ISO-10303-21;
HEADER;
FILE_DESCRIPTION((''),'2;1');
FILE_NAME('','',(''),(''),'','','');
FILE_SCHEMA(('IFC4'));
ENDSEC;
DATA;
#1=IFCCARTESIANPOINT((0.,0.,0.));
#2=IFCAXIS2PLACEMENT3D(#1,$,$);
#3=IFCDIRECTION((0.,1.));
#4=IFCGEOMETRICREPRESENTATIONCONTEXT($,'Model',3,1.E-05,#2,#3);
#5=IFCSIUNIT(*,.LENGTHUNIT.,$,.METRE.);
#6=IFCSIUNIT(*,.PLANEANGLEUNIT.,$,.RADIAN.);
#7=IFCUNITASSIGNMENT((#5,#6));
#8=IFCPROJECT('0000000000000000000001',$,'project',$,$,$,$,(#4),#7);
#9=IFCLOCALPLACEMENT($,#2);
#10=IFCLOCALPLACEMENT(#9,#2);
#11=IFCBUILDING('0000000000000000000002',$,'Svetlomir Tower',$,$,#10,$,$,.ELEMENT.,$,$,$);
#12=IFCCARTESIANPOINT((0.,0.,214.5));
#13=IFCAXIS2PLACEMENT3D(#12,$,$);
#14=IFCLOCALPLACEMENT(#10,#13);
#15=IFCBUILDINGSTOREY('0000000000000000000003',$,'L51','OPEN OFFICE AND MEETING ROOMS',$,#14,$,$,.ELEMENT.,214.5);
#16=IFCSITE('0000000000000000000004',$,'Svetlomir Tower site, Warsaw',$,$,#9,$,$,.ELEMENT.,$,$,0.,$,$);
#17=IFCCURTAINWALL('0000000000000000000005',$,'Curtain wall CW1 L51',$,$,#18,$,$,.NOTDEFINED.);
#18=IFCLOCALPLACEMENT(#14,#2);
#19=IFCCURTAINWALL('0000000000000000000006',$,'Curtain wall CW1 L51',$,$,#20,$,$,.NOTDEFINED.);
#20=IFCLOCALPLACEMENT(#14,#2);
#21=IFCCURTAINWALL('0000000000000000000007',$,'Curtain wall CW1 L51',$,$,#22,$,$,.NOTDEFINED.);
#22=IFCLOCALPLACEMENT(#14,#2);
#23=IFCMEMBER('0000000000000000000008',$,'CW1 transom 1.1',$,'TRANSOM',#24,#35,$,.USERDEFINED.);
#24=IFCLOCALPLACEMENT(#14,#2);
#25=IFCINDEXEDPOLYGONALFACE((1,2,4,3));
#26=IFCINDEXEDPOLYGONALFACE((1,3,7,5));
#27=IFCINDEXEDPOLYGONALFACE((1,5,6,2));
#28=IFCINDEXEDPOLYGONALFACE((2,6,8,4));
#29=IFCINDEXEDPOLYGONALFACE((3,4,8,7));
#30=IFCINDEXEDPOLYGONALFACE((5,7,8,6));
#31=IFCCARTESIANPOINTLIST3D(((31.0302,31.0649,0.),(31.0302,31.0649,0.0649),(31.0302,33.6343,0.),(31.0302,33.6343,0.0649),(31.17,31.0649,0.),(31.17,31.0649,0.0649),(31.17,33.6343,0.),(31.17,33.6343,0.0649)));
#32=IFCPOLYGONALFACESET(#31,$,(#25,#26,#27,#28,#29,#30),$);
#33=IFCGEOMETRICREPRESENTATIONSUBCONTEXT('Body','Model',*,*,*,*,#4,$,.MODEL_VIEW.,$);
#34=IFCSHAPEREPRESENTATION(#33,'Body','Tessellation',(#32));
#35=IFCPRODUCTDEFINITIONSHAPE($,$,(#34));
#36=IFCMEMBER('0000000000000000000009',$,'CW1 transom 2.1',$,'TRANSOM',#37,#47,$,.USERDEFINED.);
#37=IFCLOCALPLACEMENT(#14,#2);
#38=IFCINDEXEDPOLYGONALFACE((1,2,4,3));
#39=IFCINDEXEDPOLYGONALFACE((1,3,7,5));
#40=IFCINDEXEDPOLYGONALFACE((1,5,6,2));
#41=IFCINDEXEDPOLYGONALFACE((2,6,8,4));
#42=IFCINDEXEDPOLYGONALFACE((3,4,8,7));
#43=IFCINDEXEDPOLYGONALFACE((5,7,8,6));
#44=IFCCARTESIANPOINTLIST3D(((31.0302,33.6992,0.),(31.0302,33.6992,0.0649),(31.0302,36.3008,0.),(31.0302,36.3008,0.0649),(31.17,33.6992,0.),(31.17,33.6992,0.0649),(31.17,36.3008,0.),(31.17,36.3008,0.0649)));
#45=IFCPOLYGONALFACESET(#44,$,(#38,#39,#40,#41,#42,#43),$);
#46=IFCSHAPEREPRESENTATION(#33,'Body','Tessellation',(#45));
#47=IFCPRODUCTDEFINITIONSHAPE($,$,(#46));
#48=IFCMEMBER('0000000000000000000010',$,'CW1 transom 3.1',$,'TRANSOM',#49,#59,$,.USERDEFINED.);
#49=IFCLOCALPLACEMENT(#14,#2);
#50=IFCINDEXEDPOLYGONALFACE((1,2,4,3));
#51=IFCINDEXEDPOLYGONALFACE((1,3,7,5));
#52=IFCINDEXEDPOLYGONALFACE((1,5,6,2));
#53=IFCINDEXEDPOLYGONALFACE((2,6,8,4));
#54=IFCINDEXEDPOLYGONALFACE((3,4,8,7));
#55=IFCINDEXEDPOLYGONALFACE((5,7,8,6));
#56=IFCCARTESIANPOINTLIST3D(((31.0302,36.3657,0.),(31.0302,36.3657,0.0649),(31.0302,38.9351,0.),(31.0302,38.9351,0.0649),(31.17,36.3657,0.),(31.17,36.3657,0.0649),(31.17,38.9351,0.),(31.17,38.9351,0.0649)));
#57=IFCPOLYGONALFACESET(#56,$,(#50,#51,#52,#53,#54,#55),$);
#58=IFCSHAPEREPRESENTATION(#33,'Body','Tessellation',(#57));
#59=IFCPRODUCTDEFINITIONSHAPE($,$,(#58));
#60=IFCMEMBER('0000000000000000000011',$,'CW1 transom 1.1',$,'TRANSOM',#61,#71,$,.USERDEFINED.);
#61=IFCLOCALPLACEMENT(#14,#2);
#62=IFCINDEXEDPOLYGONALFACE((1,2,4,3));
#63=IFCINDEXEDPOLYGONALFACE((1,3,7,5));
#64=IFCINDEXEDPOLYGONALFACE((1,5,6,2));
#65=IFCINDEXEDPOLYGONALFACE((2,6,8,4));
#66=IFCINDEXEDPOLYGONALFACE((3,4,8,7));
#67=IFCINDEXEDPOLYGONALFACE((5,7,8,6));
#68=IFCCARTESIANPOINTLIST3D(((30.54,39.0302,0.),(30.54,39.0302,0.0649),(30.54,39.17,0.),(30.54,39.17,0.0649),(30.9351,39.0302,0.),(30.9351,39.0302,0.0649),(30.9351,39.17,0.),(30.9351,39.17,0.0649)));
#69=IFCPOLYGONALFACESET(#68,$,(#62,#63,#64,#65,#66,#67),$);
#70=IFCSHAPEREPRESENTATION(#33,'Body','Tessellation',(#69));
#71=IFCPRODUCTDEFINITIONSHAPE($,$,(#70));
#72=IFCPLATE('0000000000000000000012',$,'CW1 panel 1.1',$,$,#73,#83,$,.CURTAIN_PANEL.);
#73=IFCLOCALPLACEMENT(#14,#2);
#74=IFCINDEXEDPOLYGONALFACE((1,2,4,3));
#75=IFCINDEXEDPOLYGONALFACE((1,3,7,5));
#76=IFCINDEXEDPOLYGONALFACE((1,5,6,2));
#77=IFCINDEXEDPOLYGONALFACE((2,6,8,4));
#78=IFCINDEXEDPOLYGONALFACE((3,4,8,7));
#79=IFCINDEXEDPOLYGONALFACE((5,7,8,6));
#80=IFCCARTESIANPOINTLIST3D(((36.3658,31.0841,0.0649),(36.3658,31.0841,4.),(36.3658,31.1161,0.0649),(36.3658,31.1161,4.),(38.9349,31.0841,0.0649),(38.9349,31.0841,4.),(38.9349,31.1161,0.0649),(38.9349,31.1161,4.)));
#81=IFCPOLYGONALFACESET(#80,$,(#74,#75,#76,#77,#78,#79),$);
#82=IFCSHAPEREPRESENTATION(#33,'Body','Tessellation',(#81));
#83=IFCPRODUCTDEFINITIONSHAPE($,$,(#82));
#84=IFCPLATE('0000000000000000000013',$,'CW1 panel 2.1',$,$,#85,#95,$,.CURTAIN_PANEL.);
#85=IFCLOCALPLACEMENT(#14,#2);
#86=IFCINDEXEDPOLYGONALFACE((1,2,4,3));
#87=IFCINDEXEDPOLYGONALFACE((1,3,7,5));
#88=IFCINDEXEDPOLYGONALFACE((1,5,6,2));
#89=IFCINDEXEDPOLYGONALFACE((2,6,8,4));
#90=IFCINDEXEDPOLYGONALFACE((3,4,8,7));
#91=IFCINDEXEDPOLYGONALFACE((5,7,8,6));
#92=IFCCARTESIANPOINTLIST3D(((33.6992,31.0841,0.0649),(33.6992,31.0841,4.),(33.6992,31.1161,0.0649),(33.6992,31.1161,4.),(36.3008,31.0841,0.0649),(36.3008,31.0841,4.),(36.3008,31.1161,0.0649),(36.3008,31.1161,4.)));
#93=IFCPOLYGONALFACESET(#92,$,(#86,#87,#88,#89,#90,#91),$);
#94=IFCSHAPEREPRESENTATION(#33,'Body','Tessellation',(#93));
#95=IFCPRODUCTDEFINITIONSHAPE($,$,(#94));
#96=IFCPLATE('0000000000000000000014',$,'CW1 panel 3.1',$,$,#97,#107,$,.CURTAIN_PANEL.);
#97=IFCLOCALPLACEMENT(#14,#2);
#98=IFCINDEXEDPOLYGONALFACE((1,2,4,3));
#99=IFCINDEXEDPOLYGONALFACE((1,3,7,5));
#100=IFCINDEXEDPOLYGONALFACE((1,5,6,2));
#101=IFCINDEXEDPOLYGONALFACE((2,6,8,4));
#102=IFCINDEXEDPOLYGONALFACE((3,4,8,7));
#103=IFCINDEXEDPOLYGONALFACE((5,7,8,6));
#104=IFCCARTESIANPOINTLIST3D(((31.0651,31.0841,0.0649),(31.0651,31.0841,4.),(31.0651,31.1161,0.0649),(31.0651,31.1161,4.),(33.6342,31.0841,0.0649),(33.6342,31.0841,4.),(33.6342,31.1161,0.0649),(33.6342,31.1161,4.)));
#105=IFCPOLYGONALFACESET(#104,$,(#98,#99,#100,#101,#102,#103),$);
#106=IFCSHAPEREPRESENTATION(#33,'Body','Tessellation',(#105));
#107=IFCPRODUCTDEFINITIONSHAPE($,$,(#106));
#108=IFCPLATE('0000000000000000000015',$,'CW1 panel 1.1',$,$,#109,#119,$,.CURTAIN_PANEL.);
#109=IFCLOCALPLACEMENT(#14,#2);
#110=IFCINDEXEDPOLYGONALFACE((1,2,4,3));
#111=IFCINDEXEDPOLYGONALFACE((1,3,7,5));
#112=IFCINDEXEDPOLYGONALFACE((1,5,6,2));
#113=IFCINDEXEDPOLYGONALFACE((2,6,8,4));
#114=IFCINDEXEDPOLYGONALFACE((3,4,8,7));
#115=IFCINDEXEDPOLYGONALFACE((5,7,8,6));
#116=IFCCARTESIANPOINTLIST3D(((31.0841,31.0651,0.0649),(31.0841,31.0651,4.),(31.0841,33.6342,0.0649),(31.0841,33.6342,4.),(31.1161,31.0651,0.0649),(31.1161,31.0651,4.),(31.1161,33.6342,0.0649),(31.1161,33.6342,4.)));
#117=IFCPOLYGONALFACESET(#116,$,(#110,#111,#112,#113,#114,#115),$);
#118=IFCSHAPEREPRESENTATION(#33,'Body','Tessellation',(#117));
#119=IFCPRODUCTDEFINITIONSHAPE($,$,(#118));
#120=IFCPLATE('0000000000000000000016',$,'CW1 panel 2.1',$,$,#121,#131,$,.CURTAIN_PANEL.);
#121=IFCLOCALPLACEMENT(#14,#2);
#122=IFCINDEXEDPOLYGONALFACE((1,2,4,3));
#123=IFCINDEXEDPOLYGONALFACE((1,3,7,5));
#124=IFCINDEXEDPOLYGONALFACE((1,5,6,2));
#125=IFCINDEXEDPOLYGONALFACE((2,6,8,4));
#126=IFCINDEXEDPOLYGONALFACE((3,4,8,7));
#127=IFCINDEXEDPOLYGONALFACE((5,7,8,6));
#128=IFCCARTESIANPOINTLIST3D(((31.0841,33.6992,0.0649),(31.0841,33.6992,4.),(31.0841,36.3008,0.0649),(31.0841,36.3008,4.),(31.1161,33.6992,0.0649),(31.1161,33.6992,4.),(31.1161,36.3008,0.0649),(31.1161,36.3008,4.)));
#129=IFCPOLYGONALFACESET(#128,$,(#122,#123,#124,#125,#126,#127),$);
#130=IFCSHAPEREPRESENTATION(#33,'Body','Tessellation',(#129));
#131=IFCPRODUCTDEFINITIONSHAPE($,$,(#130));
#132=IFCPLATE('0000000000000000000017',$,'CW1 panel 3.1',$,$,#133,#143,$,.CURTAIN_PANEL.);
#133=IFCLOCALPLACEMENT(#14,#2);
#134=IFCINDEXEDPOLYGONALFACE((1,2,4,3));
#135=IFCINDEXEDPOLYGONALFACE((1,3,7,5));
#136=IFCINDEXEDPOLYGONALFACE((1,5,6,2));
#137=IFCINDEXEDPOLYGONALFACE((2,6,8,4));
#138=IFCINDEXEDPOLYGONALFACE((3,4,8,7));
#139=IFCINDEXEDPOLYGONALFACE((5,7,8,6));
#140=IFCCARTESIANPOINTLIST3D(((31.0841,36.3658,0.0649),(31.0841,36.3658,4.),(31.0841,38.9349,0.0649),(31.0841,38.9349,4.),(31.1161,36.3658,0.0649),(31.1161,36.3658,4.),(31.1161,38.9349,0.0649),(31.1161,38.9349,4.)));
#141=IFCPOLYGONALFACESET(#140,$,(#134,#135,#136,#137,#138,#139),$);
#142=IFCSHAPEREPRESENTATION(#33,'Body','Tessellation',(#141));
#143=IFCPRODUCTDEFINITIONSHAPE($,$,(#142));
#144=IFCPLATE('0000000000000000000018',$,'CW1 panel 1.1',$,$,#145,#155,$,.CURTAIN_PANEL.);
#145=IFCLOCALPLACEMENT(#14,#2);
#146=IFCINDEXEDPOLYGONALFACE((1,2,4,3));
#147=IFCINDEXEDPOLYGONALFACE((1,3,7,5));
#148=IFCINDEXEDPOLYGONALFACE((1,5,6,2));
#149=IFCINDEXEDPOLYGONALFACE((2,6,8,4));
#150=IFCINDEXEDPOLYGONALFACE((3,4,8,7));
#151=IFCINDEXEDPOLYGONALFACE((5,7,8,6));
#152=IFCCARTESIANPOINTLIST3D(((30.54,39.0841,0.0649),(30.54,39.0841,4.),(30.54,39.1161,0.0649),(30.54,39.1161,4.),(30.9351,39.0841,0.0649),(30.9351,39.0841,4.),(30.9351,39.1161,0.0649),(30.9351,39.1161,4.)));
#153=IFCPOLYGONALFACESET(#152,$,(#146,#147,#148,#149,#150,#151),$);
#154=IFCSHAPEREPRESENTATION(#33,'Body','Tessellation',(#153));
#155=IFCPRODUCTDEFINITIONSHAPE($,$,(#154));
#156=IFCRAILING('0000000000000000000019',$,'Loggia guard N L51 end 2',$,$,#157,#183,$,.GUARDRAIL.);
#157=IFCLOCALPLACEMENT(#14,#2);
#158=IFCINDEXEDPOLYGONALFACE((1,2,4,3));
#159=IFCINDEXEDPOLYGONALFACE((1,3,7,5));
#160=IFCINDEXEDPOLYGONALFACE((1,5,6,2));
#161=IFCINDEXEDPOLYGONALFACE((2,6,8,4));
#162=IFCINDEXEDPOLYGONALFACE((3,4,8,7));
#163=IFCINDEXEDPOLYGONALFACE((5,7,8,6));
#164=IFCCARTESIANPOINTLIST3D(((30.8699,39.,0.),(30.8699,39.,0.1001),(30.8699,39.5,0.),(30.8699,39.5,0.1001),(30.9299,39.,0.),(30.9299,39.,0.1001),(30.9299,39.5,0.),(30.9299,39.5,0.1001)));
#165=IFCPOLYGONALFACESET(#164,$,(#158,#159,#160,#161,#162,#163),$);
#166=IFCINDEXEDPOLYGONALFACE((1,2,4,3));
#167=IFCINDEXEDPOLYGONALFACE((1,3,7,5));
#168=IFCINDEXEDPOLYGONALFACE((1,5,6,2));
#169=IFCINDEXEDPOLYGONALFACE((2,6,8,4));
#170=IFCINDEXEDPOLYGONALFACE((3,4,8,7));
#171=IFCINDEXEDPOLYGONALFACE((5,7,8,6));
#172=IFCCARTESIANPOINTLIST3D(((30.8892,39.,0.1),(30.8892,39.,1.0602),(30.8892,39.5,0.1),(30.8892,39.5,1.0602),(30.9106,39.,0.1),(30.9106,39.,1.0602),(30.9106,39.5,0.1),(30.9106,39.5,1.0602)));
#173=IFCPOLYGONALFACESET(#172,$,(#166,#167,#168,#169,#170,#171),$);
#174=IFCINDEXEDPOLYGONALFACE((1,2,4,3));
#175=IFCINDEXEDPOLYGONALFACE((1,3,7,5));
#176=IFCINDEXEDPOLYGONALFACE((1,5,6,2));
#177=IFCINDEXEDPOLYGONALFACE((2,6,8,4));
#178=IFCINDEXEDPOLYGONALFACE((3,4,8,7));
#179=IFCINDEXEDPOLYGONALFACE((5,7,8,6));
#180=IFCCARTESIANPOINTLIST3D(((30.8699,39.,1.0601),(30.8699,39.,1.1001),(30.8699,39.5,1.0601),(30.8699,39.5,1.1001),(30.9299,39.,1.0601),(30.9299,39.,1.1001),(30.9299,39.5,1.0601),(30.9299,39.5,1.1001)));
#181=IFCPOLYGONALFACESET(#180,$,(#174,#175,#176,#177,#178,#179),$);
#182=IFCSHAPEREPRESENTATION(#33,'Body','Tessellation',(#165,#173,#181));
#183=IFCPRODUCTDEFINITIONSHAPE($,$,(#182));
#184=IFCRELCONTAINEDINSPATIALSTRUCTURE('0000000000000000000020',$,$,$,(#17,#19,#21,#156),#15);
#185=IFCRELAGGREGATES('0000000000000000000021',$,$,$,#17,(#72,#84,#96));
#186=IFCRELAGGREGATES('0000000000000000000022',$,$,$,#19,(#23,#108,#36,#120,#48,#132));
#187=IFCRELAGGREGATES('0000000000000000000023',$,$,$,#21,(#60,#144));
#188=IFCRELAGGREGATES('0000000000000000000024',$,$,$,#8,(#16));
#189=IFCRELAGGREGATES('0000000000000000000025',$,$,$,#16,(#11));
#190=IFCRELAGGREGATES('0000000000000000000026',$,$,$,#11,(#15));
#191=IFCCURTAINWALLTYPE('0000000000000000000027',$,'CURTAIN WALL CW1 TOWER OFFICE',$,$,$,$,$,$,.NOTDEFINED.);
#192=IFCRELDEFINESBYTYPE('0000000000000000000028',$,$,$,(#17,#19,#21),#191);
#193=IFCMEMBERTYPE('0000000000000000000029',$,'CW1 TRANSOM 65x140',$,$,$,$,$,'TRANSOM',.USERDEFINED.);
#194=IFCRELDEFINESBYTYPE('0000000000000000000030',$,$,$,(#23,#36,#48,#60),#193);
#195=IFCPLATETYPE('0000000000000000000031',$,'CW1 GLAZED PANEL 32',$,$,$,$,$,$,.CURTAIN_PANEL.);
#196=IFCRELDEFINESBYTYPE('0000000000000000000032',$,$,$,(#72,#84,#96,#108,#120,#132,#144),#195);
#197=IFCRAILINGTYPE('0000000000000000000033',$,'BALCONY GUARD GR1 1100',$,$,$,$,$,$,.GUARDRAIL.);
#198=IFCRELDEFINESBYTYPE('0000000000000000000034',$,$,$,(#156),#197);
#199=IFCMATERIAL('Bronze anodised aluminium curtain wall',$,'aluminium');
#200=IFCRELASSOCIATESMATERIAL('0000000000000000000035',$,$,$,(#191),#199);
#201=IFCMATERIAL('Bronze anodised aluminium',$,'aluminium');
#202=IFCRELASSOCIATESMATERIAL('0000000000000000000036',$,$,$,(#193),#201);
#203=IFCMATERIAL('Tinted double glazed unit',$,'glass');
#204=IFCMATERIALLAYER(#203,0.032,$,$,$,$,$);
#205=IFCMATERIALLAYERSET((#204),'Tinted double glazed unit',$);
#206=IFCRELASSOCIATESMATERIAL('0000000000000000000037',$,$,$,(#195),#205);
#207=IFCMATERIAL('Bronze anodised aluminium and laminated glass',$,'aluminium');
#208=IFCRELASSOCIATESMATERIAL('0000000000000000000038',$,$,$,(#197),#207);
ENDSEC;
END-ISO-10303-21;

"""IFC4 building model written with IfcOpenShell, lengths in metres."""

from ifc_helpers import new_model, si_unit, direction, frame, origin, origin_2d, place, context, subcontext, project, spatial, rectangle, extrude, material, layer, layer_set, material_profile, profile_set, type_object, element, aggregate, save


model = new_model("IFC4")

# Units and contexts
model_context = context("Model", 3, precision=1e-05, world=origin(), true_north=direction((0.0, 1.0)))
body_context = subcontext(model_context, "Body", "Model", "MODEL_VIEW")
ifc_project = project(units=[si_unit("LENGTHUNIT", "METRE"), si_unit("PLANEANGLEUNIT", "RADIAN")], contexts=[model_context])

# Site, building, storey
site_placement = place(None, origin())
site = spatial("IfcSite", under=ifc_project, at=site_placement, Name="Svetlomir Tower site, Warsaw", CompositionType="ELEMENT", RefElevation=0.0)
building_placement = place(site_placement, origin())
building = spatial("IfcBuilding", under=site, at=building_placement, Name="Svetlomir Tower", CompositionType="ELEMENT")
storey_placement = place(building_placement, frame((0.0, 0.0, 214.5)))
storey = spatial("IfcBuildingStorey", under=building, at=storey_placement, Name="L51", Description="OPEN OFFICE AND MEETING ROOMS", CompositionType="ELEMENT", Elevation=214.5)

# Curtain walls
ifc_material_1 = material(Name="Bronze anodised aluminium curtain wall", Category="aluminium")
curtain_wall_type = type_object("IfcCurtainWallType", Name="CURTAIN WALL CW1 TOWER OFFICE", PredefinedType="NOTDEFINED", material=ifc_material_1)
curtain_wall_1_placement = place(storey_placement, origin())
curtain_wall_1 = element("IfcCurtainWall", 1, at=curtain_wall_1_placement, inside=storey, type_object=curtain_wall_type, Name="Curtain wall CW1 L51", PredefinedType="NOTDEFINED")
curtain_wall_2_placement = place(storey_placement, origin())
curtain_wall_2 = element("IfcCurtainWall", 2, at=curtain_wall_2_placement, inside=storey, type_object=curtain_wall_type, Name="Curtain wall CW1 L51", PredefinedType="NOTDEFINED")

# Curtain wall
curtain_wall_3_placement = place(storey_placement, origin())
curtain_wall_3 = element("IfcCurtainWall", 3, at=curtain_wall_3_placement, inside=storey, type_object=curtain_wall_type, Name="Curtain wall CW1 L51", PredefinedType="NOTDEFINED")

# Members
ifc_material_2 = material(Name="Bronze anodised aluminium", Category="aluminium")
ifc_material_profile_1 = material_profile(ifc_material_2, rectangle(XDim=0.1399, YDim=0.0649, at=origin_2d()), Name="AL 140x65")
ifc_profile_set_1 = profile_set([ifc_material_profile_1], Name="Bronze anodised aluminium 6063-T6")
member_type_1 = type_object("IfcMemberType", Name="CW1 TRANSOM 65x140", ElementType="TRANSOM", PredefinedType="USERDEFINED", material=ifc_profile_set_1)
member_1_placement = place(storey_placement, frame((31.1001, 31.0649, 0.0325), z_axis=(0.0, 1.0, 0.0), x_axis=(-1.0, 0.0, 0.0)))
member_1 = element("IfcMember", 4, at=member_1_placement, type_object=member_type_1, Name="CW1 transom 1.1", ObjectType="TRANSOM", PredefinedType="USERDEFINED", context=body_context, shape_type="SweptSolid", body=[
    extrude(rectangle(XDim=0.1399, YDim=0.0649, at=origin_2d()), origin(), (0.0, 0.0, 1.0), 2.5693),
])
member_2_placement = place(storey_placement, frame((31.1001, 33.6992, 0.0325), z_axis=(0.0, 1.0, 0.0), x_axis=(-1.0, 0.0, 0.0)))
member_2 = element("IfcMember", 5, at=member_2_placement, type_object=member_type_1, Name="CW1 transom 2.1", ObjectType="TRANSOM", PredefinedType="USERDEFINED", context=body_context, shape_type="SweptSolid", body=[
    extrude(rectangle(XDim=0.1399, YDim=0.0649, at=origin_2d()), origin(), (0.0, 0.0, 1.0), 2.6016),
])
member_3_placement = place(storey_placement, frame((31.1001, 36.3657, 0.0325), z_axis=(0.0, 1.0, 0.0), x_axis=(-1.0, 0.0, 0.0)))
member_3 = element("IfcMember", 6, at=member_3_placement, type_object=member_type_1, Name="CW1 transom 3.1", ObjectType="TRANSOM", PredefinedType="USERDEFINED", context=body_context, shape_type="SweptSolid", body=[
    extrude(rectangle(XDim=0.1399, YDim=0.0649, at=origin_2d()), origin(), (0.0, 0.0, 1.0), 2.5693),
])
member_4_placement = place(storey_placement, frame((30.9351, 39.1001, 0.0325), z_axis=(-1.0, 0.0, 0.0), x_axis=(0.0, -1.0, 0.0)))
member_4 = element("IfcMember", 7, at=member_4_placement, type_object=member_type_1, Name="CW1 transom 1.1", ObjectType="TRANSOM", PredefinedType="USERDEFINED", context=body_context, shape_type="SweptSolid", body=[
    extrude(rectangle(XDim=0.1399, YDim=0.0649, at=origin_2d()), origin(), (0.0, 0.0, 1.0), 0.395),
])

# Plates
ifc_material_3 = material(Name="Tinted double glazed unit", Category="glass")
ifc_layer = layer(ifc_material_3, 0.032)
ifc_layer_set = layer_set([ifc_layer], Name="Tinted double glazed unit")
plate_type = type_object("IfcPlateType", Name="CW1 GLAZED PANEL 32", PredefinedType="CURTAIN_PANEL", material=ifc_layer_set)
plate_1_placement = place(storey_placement, frame((37.6504, 31.1001, 0.0649), z_axis=(0.0, 0.0, 1.0), x_axis=(-1.0, 0.0, 0.0)))
plate_1 = element("IfcPlate", 8, at=plate_1_placement, type_object=plate_type, Name="CW1 panel 1.1", PredefinedType="CURTAIN_PANEL", context=body_context, shape_type="SweptSolid", body=[
    extrude(rectangle(XDim=2.5691, YDim=0.032, at=origin_2d()), origin(), (0.0, 0.0, 1.0), 3.9351),
])
plate_2_placement = place(storey_placement, frame((35.0, 31.1001, 0.0649), z_axis=(0.0, 0.0, 1.0), x_axis=(-1.0, 0.0, 0.0)))
plate_2 = element("IfcPlate", 9, at=plate_2_placement, type_object=plate_type, Name="CW1 panel 2.1", PredefinedType="CURTAIN_PANEL", context=body_context, shape_type="SweptSolid", body=[
    extrude(rectangle(XDim=2.6016, YDim=0.032, at=origin_2d()), origin(), (0.0, 0.0, 1.0), 3.9351),
])
plate_3_placement = place(storey_placement, frame((32.3496, 31.1001, 0.0649), z_axis=(0.0, 0.0, 1.0), x_axis=(-1.0, 0.0, 0.0)))
plate_3 = element("IfcPlate", 10, at=plate_3_placement, type_object=plate_type, Name="CW1 panel 3.1", PredefinedType="CURTAIN_PANEL", context=body_context, shape_type="SweptSolid", body=[
    extrude(rectangle(XDim=2.5691, YDim=0.032, at=origin_2d()), origin(), (0.0, 0.0, 1.0), 3.9351),
])
aggregate(curtain_wall_1, [plate_1, plate_2, plate_3])
plate_4_placement = place(storey_placement, frame((31.1001, 32.3496, 0.0649), z_axis=(0.0, 0.0, 1.0), x_axis=(0.0, 1.0, 0.0)))
plate_4 = element("IfcPlate", 11, at=plate_4_placement, type_object=plate_type, Name="CW1 panel 1.1", PredefinedType="CURTAIN_PANEL", context=body_context, shape_type="SweptSolid", body=[
    extrude(rectangle(XDim=2.5691, YDim=0.032, at=origin_2d()), origin(), (0.0, 0.0, 1.0), 3.9351),
])
plate_5_placement = place(storey_placement, frame((31.1001, 35.0, 0.0649), z_axis=(0.0, 0.0, 1.0), x_axis=(0.0, 1.0, 0.0)))
plate_5 = element("IfcPlate", 12, at=plate_5_placement, type_object=plate_type, Name="CW1 panel 2.1", PredefinedType="CURTAIN_PANEL", context=body_context, shape_type="SweptSolid", body=[
    extrude(rectangle(XDim=2.6016, YDim=0.032, at=origin_2d()), origin(), (0.0, 0.0, 1.0), 3.9351),
])
plate_6_placement = place(storey_placement, frame((31.1001, 37.6504, 0.0649), z_axis=(0.0, 0.0, 1.0), x_axis=(0.0, 1.0, 0.0)))
plate_6 = element("IfcPlate", 13, at=plate_6_placement, type_object=plate_type, Name="CW1 panel 3.1", PredefinedType="CURTAIN_PANEL", context=body_context, shape_type="SweptSolid", body=[
    extrude(rectangle(XDim=2.5691, YDim=0.032, at=origin_2d()), origin(), (0.0, 0.0, 1.0), 3.9351),
])
aggregate(curtain_wall_2, [member_1, plate_4, member_2, plate_5, member_3, plate_6])
plate_7_placement = place(storey_placement, frame((30.7375, 39.1001, 0.0649), z_axis=(0.0, 0.0, 1.0), x_axis=(-1.0, 0.0, 0.0)))
plate_7 = element("IfcPlate", 14, at=plate_7_placement, type_object=plate_type, Name="CW1 panel 1.1", PredefinedType="CURTAIN_PANEL", context=body_context, shape_type="SweptSolid", body=[
    extrude(rectangle(XDim=0.395, YDim=0.032, at=origin_2d()), origin(), (0.0, 0.0, 1.0), 3.9351),
])
aggregate(curtain_wall_3, [member_4, plate_7])

# Railing
ifc_material_4 = material(Name="Bronze anodised aluminium and laminated glass", Category="aluminium")
railing_type = type_object("IfcRailingType", Name="BALCONY GUARD GR1 1100", PredefinedType="GUARDRAIL", material=ifc_material_4)
railing_placement = place(storey_placement, frame((30.8999, 39.5, 0.0)))
element("IfcRailing", 15, at=railing_placement, inside=storey, type_object=railing_type, Name="Loggia guard N L51 end 2", PredefinedType="GUARDRAIL", context=body_context, shape_type="SweptSolid", body=[
    extrude(rectangle(XDim=0.0601, YDim=0.1001, at=origin_2d()), frame((0.0, 0.0, 0.05), z_axis=(0.0, -1.0, 0.0), x_axis=(1.0, 0.0, 0.0)), (0.0, 0.0, 1.0), 0.5),
    extrude(rectangle(XDim=0.0215, YDim=0.9602, at=origin_2d()), frame((0.0, 0.0, 0.5801), z_axis=(0.0, -1.0, 0.0), x_axis=(1.0, 0.0, 0.0)), (0.0, 0.0, 1.0), 0.5),
    extrude(rectangle(XDim=0.0601, YDim=0.04, at=origin_2d()), frame((0.0, 0.0, 1.0801), z_axis=(0.0, -1.0, 0.0), x_axis=(1.0, 0.0, 0.0)), (0.0, 0.0, 1.0), 0.5),
])

save(model, "model.ifc")
